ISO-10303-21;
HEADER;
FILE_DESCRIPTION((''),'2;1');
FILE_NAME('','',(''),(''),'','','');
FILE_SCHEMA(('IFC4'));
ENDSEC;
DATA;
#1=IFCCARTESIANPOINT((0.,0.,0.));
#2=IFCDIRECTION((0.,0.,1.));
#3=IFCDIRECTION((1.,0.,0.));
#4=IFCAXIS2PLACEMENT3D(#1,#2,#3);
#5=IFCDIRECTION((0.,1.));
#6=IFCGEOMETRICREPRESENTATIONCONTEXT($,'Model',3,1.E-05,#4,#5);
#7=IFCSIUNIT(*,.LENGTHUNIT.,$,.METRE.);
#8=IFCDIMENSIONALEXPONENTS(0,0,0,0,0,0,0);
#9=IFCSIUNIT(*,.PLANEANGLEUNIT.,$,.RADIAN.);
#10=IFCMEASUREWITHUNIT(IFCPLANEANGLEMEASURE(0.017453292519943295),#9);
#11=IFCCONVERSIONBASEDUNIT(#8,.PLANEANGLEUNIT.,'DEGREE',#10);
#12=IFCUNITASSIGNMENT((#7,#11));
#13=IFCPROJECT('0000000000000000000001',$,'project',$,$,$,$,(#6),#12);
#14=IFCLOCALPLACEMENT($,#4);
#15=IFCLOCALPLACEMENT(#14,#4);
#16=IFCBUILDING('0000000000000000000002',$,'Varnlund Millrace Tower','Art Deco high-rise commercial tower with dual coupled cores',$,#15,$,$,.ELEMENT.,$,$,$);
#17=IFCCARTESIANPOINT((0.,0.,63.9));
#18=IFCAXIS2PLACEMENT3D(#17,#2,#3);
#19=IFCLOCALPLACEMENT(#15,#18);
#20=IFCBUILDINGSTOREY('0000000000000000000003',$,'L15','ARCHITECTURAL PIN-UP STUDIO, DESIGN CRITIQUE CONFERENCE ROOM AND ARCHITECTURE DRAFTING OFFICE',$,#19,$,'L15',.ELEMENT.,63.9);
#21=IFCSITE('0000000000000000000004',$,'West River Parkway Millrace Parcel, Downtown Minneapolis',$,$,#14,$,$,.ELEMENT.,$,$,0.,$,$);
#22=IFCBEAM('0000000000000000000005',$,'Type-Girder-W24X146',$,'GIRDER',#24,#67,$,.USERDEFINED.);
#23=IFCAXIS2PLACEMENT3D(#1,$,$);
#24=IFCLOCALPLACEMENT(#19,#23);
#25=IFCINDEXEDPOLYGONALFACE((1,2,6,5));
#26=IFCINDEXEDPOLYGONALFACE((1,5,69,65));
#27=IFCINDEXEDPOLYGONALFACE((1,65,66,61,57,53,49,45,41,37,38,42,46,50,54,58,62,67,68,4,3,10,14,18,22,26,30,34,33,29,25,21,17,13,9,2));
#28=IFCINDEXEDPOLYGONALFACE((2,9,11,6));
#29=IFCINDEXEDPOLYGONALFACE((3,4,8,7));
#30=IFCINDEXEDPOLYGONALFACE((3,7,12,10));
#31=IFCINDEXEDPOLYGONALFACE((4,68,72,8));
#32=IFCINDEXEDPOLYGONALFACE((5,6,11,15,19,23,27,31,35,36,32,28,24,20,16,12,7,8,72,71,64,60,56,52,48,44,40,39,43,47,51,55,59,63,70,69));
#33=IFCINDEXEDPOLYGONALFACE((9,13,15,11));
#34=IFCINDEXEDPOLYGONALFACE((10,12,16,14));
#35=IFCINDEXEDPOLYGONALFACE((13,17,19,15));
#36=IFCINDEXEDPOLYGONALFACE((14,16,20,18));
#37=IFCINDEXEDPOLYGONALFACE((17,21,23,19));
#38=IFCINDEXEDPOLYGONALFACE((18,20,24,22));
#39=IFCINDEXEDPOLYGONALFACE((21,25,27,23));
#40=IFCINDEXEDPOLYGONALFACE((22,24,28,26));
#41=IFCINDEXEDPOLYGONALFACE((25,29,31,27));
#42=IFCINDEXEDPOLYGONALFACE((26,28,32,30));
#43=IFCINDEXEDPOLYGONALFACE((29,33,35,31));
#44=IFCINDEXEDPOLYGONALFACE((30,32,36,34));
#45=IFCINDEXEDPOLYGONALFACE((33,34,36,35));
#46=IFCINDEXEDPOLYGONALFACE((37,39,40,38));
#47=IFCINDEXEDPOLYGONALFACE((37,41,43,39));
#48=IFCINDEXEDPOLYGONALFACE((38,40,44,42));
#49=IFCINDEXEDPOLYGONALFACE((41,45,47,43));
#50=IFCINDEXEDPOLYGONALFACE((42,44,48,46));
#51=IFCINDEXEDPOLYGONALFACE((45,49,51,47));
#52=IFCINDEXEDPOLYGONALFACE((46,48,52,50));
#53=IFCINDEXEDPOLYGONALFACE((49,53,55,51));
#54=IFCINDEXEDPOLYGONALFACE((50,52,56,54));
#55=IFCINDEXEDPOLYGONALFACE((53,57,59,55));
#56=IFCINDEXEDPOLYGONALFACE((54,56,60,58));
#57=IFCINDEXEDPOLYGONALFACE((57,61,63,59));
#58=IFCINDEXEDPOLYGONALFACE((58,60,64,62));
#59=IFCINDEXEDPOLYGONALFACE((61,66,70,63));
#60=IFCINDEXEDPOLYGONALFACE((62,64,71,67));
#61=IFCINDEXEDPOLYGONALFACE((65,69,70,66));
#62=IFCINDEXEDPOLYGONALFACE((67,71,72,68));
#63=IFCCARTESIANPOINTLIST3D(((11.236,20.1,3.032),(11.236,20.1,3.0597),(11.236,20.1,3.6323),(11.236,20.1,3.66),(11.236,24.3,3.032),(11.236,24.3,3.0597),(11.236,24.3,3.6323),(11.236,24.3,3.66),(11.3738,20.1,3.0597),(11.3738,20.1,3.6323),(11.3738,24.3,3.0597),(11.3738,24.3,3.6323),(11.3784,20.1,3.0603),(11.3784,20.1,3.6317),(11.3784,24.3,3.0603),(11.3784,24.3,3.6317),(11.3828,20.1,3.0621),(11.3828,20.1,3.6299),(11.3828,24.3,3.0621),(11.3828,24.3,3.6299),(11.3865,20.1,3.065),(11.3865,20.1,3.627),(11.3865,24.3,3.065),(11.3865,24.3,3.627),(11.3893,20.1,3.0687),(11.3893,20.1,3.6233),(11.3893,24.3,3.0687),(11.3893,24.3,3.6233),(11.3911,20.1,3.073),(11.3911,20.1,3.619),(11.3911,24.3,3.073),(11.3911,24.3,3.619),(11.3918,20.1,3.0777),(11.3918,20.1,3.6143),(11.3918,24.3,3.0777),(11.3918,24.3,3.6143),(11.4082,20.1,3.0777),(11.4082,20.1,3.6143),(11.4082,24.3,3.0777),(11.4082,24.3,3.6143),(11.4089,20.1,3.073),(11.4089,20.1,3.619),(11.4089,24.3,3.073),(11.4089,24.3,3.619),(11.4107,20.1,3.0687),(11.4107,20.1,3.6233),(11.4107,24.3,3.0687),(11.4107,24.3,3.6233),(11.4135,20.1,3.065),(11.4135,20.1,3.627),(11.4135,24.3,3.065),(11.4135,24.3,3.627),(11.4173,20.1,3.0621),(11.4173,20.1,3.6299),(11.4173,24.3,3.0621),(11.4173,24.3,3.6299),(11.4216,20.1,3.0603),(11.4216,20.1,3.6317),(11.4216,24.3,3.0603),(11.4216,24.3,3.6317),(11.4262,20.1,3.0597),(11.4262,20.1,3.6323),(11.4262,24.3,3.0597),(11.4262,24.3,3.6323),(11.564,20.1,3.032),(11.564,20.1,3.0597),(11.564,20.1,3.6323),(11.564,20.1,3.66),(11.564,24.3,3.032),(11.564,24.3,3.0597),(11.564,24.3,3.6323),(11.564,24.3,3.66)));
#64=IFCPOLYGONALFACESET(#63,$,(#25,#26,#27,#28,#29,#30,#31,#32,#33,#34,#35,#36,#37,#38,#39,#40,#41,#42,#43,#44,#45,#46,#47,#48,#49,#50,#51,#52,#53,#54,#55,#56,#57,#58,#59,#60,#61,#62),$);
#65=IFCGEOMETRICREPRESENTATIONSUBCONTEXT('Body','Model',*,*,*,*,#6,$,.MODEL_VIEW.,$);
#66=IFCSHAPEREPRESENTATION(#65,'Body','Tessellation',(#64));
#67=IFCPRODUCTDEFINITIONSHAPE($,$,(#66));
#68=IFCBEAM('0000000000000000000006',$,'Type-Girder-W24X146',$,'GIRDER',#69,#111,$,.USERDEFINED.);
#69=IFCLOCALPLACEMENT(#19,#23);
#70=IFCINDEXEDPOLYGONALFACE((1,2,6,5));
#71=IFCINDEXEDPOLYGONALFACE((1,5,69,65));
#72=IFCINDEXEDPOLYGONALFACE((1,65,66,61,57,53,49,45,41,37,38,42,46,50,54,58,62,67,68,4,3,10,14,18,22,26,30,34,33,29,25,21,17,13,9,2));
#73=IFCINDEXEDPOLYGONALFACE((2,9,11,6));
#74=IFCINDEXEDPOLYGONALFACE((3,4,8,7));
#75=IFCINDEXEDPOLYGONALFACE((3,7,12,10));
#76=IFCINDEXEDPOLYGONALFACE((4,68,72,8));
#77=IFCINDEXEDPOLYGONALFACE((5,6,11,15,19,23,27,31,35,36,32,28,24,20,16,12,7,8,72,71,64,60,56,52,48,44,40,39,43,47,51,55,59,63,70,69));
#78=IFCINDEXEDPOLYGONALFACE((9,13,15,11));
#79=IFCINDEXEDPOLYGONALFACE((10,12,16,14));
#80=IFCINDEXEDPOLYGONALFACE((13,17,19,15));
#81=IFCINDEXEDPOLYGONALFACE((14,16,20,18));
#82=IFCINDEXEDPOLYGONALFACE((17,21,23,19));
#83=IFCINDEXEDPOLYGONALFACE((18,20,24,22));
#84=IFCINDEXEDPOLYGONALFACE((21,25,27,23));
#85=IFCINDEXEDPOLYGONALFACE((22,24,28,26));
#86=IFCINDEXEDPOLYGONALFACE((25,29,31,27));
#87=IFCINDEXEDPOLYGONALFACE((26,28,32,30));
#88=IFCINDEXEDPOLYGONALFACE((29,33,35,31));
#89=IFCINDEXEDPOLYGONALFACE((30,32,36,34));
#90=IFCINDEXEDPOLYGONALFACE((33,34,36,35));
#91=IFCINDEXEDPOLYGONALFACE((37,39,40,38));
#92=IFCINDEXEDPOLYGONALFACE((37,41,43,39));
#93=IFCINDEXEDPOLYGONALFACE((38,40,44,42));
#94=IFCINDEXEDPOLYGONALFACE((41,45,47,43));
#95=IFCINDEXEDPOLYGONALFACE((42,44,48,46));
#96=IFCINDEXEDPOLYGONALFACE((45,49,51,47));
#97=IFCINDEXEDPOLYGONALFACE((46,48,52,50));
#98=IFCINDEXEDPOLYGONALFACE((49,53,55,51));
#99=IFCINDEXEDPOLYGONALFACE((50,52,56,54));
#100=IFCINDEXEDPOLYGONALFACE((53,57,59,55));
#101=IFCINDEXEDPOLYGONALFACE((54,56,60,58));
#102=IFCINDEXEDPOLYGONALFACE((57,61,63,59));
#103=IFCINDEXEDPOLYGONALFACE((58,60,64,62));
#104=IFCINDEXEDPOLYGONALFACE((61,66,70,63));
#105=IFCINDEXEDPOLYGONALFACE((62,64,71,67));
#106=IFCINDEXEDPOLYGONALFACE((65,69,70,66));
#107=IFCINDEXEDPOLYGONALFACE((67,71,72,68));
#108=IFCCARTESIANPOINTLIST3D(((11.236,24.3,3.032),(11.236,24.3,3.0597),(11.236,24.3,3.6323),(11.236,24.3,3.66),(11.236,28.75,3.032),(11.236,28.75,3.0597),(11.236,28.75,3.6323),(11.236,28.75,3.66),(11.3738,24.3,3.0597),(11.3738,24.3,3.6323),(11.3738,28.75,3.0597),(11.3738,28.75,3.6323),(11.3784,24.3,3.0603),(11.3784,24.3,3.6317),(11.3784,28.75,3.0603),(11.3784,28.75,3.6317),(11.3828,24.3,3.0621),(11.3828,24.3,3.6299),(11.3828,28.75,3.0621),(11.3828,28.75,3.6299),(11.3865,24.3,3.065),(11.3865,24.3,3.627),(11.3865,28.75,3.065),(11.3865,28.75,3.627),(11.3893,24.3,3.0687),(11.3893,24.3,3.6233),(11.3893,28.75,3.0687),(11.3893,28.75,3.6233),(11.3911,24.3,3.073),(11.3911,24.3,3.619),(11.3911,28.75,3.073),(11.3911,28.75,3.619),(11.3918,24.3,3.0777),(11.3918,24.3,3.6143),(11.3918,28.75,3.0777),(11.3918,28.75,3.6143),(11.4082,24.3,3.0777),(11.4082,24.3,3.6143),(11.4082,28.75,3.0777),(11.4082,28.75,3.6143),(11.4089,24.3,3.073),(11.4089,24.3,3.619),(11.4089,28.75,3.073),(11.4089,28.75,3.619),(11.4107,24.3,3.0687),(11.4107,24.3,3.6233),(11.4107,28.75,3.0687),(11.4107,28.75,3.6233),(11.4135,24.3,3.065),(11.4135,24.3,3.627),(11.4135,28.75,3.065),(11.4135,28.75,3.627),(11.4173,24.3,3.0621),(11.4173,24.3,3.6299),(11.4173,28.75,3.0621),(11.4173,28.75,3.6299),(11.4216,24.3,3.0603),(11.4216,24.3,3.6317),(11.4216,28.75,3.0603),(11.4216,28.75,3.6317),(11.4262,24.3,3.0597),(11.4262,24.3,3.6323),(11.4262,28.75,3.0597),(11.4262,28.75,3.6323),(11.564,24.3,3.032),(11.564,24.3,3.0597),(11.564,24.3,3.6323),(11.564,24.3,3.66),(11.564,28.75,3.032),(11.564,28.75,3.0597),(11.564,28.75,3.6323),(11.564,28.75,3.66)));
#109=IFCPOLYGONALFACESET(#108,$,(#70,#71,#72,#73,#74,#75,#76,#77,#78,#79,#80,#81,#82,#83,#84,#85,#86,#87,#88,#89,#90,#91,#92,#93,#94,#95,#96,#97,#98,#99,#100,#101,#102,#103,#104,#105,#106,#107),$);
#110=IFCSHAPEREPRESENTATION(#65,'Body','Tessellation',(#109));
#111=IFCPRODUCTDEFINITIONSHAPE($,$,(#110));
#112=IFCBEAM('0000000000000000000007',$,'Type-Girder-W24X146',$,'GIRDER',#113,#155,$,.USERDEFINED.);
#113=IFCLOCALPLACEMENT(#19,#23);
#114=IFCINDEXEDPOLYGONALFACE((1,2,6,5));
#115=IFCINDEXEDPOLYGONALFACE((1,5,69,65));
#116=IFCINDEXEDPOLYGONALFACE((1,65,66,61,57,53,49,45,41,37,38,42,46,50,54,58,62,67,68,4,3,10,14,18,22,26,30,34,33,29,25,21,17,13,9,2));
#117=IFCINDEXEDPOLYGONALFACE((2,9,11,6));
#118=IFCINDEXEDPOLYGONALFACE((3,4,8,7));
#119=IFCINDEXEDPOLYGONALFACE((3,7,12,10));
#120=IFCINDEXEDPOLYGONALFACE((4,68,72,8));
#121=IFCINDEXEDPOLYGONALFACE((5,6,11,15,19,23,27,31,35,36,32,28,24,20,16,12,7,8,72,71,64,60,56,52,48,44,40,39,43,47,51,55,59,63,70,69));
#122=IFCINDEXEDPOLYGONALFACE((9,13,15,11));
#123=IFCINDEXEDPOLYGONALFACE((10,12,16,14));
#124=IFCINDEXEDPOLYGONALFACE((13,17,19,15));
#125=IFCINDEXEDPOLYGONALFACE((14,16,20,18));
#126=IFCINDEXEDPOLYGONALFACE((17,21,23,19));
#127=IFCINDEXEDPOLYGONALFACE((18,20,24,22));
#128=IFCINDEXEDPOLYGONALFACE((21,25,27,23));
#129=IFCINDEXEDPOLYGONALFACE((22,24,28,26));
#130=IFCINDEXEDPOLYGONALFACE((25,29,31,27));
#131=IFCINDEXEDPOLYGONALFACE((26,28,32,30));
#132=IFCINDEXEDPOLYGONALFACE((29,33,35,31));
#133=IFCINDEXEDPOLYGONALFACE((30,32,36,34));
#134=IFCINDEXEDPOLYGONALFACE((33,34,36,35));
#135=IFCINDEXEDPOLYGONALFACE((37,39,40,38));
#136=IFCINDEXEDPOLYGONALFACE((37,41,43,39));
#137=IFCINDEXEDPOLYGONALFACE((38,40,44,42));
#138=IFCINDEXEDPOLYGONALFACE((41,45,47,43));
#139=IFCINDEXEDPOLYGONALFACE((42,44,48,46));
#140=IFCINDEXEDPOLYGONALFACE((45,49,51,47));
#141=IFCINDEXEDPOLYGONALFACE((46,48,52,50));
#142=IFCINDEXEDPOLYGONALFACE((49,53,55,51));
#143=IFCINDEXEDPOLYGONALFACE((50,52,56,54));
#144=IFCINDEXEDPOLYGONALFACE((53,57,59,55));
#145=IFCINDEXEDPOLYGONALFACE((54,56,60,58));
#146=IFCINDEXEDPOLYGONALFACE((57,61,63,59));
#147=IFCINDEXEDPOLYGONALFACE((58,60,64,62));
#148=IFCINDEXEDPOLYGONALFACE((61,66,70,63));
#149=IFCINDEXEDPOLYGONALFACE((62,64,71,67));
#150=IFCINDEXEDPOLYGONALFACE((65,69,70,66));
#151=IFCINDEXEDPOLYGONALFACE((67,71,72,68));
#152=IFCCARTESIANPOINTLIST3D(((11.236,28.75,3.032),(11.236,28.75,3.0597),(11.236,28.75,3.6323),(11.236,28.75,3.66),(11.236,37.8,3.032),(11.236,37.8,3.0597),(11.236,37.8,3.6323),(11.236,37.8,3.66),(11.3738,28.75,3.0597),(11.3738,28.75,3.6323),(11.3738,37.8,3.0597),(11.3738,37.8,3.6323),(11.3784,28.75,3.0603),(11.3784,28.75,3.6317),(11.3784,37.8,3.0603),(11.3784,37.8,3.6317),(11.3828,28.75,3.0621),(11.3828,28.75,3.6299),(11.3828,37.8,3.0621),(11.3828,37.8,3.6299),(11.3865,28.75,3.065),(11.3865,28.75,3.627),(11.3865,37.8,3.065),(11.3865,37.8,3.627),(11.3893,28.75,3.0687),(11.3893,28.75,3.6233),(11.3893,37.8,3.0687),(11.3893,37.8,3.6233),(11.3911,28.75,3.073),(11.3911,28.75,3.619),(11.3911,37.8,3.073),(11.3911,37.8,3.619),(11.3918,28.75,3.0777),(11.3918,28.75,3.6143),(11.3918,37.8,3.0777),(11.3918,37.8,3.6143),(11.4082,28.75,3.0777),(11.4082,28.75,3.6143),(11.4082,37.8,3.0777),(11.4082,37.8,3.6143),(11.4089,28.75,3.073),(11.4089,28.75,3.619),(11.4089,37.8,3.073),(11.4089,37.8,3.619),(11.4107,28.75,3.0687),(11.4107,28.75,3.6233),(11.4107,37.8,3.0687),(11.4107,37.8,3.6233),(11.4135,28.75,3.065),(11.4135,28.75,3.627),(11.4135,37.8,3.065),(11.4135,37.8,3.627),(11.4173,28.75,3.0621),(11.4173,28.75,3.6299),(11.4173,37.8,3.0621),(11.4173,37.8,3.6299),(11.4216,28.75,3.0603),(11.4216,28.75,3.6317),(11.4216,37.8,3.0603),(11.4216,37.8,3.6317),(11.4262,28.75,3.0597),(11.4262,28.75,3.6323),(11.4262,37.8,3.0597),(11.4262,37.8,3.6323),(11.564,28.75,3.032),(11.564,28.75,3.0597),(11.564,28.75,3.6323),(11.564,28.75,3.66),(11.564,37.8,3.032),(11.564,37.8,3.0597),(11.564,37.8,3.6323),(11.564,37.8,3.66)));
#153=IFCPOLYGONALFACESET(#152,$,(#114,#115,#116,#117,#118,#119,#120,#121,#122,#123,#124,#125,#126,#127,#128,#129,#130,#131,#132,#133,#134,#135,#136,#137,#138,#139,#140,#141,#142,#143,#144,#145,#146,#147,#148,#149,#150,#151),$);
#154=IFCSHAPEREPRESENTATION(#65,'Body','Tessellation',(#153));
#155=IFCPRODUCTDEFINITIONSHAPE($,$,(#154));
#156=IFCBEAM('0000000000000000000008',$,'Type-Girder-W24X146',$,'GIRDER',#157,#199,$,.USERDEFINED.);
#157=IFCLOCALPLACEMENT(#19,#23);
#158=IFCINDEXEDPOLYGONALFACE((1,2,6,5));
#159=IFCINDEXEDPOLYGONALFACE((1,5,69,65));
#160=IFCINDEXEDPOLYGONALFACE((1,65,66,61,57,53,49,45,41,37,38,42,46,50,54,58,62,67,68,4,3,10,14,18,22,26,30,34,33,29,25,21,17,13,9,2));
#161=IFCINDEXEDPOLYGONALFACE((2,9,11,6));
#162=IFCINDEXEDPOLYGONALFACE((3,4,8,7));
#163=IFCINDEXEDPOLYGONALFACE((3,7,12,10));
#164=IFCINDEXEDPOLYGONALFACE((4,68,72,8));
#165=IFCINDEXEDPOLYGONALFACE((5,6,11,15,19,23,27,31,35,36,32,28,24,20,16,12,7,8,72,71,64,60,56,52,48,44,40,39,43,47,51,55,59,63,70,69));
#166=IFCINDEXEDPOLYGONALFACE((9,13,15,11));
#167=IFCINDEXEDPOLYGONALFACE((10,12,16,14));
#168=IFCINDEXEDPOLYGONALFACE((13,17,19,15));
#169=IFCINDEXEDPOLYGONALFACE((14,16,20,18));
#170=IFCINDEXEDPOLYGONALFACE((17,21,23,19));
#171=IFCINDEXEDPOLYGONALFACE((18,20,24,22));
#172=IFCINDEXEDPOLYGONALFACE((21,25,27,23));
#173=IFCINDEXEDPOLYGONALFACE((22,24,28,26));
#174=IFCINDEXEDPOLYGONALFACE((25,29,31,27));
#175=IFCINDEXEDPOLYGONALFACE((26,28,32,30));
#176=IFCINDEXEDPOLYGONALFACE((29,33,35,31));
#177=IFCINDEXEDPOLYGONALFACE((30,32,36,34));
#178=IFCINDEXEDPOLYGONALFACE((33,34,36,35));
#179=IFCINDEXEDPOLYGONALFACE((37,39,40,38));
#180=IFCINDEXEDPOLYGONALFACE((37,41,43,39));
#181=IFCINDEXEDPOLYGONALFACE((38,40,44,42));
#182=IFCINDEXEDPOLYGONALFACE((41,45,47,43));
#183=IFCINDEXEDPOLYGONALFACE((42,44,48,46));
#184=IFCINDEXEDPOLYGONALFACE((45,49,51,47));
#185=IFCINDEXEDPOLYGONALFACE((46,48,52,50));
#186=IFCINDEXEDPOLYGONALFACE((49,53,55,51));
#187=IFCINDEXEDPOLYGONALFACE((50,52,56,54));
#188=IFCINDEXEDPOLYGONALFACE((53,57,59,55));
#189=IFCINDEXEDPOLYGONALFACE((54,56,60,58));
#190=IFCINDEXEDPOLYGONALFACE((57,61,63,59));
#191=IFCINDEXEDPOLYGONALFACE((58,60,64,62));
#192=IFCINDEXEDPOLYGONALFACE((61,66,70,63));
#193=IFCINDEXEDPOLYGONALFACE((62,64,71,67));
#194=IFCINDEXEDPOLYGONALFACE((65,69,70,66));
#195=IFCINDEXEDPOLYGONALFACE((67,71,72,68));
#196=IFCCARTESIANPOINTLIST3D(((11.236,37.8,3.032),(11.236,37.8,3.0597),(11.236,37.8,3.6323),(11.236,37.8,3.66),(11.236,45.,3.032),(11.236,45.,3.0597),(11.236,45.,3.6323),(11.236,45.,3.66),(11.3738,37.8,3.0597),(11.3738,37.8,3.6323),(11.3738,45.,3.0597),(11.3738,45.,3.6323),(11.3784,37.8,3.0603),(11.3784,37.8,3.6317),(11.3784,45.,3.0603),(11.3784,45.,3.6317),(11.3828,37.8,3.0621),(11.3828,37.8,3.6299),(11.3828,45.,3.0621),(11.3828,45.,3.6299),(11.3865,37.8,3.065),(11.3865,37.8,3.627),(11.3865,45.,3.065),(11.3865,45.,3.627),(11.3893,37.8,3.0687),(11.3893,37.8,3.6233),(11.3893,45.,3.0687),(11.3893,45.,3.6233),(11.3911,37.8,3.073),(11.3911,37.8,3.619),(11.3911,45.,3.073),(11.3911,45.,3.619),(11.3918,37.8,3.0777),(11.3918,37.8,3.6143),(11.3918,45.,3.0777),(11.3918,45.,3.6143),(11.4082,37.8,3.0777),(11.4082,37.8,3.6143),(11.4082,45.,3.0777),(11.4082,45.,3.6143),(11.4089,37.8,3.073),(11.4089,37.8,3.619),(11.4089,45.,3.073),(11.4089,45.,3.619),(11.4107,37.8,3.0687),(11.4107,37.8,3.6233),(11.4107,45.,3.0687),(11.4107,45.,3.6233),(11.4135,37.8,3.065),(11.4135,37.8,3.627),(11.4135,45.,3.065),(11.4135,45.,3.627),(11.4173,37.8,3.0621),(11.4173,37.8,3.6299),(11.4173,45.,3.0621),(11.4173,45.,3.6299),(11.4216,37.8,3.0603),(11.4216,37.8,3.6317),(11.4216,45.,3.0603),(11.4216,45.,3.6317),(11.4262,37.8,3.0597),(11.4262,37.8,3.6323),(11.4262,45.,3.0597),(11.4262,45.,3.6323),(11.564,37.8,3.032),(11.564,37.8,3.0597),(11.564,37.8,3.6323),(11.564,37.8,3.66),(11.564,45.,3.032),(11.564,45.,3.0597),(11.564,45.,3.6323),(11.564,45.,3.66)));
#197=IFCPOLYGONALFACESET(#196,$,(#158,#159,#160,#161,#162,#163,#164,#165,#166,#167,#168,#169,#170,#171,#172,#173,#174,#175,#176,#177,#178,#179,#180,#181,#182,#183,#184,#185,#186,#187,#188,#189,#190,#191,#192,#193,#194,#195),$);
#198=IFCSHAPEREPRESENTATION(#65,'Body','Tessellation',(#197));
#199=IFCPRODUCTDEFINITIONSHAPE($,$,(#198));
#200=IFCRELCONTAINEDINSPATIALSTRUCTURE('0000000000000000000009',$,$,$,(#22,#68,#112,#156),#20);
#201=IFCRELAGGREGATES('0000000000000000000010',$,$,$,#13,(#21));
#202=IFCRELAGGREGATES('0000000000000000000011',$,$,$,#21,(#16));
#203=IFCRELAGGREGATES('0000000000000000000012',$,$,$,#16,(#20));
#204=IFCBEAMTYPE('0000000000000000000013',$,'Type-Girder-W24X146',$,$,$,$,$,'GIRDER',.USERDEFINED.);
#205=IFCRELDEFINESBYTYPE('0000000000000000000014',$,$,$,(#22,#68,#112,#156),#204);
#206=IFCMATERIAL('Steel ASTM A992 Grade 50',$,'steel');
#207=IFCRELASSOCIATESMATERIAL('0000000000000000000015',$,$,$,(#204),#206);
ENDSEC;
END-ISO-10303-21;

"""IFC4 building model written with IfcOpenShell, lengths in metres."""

from ifc_helpers import new_model, entity, si_unit, converted_unit, direction, frame, origin_with_axes, origin_2d_with_axis, place, context, subcontext, project, spatial, i_section, extrude, material, material_profile, profile_set, type_object, element, save


model = new_model("IFC4")

# Units and contexts
model_context = context("Model", 3, precision=1e-05, world=origin_with_axes(), true_north=direction((0.0, 1.0)))
body_context = subcontext(model_context, "Body", "Model", "MODEL_VIEW")
ifc_project = project(units=[si_unit("LENGTHUNIT", "METRE"), converted_unit("PLANEANGLEUNIT", "DEGREE", entity("IfcPlaneAngleMeasure", 0.017453292519943295), si_unit("PLANEANGLEUNIT", "RADIAN"), dimensions=[0, 0, 0, 0, 0, 0, 0])], contexts=[model_context])

# Site, building, storey
site_placement = place(None, origin_with_axes())
site = spatial("IfcSite", under=ifc_project, at=site_placement, Name="West River Parkway Millrace Parcel, Downtown Minneapolis", CompositionType="ELEMENT", RefElevation=0.0)
building_placement = place(site_placement, origin_with_axes())
building = spatial("IfcBuilding", under=site, at=building_placement, Name="Varnlund Millrace Tower", Description="Art Deco high-rise commercial tower with dual coupled cores", CompositionType="ELEMENT")
storey_placement = place(building_placement, frame((0.0, 0.0, 63.9), z_axis=(0.0, 0.0, 1.0), x_axis=(1.0, 0.0, 0.0)))
storey = spatial("IfcBuildingStorey", under=building, at=storey_placement, Name="L15", Description="ARCHITECTURAL PIN-UP STUDIO, DESIGN CRITIQUE CONFERENCE ROOM AND ARCHITECTURE DRAFTING OFFICE", LongName="L15", CompositionType="ELEMENT", Elevation=63.9)

# Beams
ifc_material_1 = material(Name="Steel ASTM A992 Grade 50", Category="steel")
ifc_material_profile_1 = material_profile(ifc_material_1, i_section(OverallWidth=0.328, OverallDepth=0.628, WebThickness=0.0165, FlangeThickness=0.0277, FilletRadius=0.018, at=origin_2d_with_axis()), Name="Steel ASTM A992 Grade 50")
ifc_profile_set_1 = profile_set([ifc_material_profile_1], Name="Steel ASTM A992 Grade 50")
beam_type_1 = type_object("IfcBeamType", Name="Type-Girder-W24X146", ElementType="GIRDER", PredefinedType="USERDEFINED", material=ifc_profile_set_1)
beam_1_placement = place(storey_placement, frame((11.4, 20.1, 3.346), z_axis=(0.0, 1.0, 0.0), x_axis=(-1.0, 0.0, 0.0)))
element("IfcBeam", 1, at=beam_1_placement, inside=storey, type_object=beam_type_1, Name="Type-Girder-W24X146", ObjectType="GIRDER", PredefinedType="USERDEFINED", context=body_context, shape_type="SweptSolid", body=[
    extrude(i_section(OverallWidth=0.328, OverallDepth=0.628, WebThickness=0.0165, FlangeThickness=0.0277, FilletRadius=0.018, at=origin_2d_with_axis()), origin_with_axes(), (0.0, 0.0, 1.0), 4.2),
])
beam_2_placement = place(storey_placement, frame((11.4, 24.3, 3.346), z_axis=(0.0, 1.0, 0.0), x_axis=(-1.0, 0.0, 0.0)))
element("IfcBeam", 2, at=beam_2_placement, inside=storey, type_object=beam_type_1, Name="Type-Girder-W24X146", ObjectType="GIRDER", PredefinedType="USERDEFINED", context=body_context, shape_type="SweptSolid", body=[
    extrude(i_section(OverallWidth=0.328, OverallDepth=0.628, WebThickness=0.0165, FlangeThickness=0.0277, FilletRadius=0.018, at=origin_2d_with_axis()), origin_with_axes(), (0.0, 0.0, 1.0), 4.45),
])
beam_3_placement = place(storey_placement, frame((11.4, 28.75, 3.346), z_axis=(0.0, 1.0, 0.0), x_axis=(-1.0, 0.0, 0.0)))
element("IfcBeam", 3, at=beam_3_placement, inside=storey, type_object=beam_type_1, Name="Type-Girder-W24X146", ObjectType="GIRDER", PredefinedType="USERDEFINED", context=body_context, shape_type="SweptSolid", body=[
    extrude(i_section(OverallWidth=0.328, OverallDepth=0.628, WebThickness=0.0165, FlangeThickness=0.0277, FilletRadius=0.018, at=origin_2d_with_axis()), origin_with_axes(), (0.0, 0.0, 1.0), 9.05),
])
beam_4_placement = place(storey_placement, frame((11.4, 37.8, 3.346), z_axis=(0.0, 1.0, 0.0), x_axis=(-1.0, 0.0, 0.0)))
element("IfcBeam", 4, at=beam_4_placement, inside=storey, type_object=beam_type_1, Name="Type-Girder-W24X146", ObjectType="GIRDER", PredefinedType="USERDEFINED", context=body_context, shape_type="SweptSolid", body=[
    extrude(i_section(OverallWidth=0.328, OverallDepth=0.628, WebThickness=0.0165, FlangeThickness=0.0277, FilletRadius=0.018, at=origin_2d_with_axis()), origin_with_axes(), (0.0, 0.0, 1.0), 7.2),
])

save(model, "model.ifc")
